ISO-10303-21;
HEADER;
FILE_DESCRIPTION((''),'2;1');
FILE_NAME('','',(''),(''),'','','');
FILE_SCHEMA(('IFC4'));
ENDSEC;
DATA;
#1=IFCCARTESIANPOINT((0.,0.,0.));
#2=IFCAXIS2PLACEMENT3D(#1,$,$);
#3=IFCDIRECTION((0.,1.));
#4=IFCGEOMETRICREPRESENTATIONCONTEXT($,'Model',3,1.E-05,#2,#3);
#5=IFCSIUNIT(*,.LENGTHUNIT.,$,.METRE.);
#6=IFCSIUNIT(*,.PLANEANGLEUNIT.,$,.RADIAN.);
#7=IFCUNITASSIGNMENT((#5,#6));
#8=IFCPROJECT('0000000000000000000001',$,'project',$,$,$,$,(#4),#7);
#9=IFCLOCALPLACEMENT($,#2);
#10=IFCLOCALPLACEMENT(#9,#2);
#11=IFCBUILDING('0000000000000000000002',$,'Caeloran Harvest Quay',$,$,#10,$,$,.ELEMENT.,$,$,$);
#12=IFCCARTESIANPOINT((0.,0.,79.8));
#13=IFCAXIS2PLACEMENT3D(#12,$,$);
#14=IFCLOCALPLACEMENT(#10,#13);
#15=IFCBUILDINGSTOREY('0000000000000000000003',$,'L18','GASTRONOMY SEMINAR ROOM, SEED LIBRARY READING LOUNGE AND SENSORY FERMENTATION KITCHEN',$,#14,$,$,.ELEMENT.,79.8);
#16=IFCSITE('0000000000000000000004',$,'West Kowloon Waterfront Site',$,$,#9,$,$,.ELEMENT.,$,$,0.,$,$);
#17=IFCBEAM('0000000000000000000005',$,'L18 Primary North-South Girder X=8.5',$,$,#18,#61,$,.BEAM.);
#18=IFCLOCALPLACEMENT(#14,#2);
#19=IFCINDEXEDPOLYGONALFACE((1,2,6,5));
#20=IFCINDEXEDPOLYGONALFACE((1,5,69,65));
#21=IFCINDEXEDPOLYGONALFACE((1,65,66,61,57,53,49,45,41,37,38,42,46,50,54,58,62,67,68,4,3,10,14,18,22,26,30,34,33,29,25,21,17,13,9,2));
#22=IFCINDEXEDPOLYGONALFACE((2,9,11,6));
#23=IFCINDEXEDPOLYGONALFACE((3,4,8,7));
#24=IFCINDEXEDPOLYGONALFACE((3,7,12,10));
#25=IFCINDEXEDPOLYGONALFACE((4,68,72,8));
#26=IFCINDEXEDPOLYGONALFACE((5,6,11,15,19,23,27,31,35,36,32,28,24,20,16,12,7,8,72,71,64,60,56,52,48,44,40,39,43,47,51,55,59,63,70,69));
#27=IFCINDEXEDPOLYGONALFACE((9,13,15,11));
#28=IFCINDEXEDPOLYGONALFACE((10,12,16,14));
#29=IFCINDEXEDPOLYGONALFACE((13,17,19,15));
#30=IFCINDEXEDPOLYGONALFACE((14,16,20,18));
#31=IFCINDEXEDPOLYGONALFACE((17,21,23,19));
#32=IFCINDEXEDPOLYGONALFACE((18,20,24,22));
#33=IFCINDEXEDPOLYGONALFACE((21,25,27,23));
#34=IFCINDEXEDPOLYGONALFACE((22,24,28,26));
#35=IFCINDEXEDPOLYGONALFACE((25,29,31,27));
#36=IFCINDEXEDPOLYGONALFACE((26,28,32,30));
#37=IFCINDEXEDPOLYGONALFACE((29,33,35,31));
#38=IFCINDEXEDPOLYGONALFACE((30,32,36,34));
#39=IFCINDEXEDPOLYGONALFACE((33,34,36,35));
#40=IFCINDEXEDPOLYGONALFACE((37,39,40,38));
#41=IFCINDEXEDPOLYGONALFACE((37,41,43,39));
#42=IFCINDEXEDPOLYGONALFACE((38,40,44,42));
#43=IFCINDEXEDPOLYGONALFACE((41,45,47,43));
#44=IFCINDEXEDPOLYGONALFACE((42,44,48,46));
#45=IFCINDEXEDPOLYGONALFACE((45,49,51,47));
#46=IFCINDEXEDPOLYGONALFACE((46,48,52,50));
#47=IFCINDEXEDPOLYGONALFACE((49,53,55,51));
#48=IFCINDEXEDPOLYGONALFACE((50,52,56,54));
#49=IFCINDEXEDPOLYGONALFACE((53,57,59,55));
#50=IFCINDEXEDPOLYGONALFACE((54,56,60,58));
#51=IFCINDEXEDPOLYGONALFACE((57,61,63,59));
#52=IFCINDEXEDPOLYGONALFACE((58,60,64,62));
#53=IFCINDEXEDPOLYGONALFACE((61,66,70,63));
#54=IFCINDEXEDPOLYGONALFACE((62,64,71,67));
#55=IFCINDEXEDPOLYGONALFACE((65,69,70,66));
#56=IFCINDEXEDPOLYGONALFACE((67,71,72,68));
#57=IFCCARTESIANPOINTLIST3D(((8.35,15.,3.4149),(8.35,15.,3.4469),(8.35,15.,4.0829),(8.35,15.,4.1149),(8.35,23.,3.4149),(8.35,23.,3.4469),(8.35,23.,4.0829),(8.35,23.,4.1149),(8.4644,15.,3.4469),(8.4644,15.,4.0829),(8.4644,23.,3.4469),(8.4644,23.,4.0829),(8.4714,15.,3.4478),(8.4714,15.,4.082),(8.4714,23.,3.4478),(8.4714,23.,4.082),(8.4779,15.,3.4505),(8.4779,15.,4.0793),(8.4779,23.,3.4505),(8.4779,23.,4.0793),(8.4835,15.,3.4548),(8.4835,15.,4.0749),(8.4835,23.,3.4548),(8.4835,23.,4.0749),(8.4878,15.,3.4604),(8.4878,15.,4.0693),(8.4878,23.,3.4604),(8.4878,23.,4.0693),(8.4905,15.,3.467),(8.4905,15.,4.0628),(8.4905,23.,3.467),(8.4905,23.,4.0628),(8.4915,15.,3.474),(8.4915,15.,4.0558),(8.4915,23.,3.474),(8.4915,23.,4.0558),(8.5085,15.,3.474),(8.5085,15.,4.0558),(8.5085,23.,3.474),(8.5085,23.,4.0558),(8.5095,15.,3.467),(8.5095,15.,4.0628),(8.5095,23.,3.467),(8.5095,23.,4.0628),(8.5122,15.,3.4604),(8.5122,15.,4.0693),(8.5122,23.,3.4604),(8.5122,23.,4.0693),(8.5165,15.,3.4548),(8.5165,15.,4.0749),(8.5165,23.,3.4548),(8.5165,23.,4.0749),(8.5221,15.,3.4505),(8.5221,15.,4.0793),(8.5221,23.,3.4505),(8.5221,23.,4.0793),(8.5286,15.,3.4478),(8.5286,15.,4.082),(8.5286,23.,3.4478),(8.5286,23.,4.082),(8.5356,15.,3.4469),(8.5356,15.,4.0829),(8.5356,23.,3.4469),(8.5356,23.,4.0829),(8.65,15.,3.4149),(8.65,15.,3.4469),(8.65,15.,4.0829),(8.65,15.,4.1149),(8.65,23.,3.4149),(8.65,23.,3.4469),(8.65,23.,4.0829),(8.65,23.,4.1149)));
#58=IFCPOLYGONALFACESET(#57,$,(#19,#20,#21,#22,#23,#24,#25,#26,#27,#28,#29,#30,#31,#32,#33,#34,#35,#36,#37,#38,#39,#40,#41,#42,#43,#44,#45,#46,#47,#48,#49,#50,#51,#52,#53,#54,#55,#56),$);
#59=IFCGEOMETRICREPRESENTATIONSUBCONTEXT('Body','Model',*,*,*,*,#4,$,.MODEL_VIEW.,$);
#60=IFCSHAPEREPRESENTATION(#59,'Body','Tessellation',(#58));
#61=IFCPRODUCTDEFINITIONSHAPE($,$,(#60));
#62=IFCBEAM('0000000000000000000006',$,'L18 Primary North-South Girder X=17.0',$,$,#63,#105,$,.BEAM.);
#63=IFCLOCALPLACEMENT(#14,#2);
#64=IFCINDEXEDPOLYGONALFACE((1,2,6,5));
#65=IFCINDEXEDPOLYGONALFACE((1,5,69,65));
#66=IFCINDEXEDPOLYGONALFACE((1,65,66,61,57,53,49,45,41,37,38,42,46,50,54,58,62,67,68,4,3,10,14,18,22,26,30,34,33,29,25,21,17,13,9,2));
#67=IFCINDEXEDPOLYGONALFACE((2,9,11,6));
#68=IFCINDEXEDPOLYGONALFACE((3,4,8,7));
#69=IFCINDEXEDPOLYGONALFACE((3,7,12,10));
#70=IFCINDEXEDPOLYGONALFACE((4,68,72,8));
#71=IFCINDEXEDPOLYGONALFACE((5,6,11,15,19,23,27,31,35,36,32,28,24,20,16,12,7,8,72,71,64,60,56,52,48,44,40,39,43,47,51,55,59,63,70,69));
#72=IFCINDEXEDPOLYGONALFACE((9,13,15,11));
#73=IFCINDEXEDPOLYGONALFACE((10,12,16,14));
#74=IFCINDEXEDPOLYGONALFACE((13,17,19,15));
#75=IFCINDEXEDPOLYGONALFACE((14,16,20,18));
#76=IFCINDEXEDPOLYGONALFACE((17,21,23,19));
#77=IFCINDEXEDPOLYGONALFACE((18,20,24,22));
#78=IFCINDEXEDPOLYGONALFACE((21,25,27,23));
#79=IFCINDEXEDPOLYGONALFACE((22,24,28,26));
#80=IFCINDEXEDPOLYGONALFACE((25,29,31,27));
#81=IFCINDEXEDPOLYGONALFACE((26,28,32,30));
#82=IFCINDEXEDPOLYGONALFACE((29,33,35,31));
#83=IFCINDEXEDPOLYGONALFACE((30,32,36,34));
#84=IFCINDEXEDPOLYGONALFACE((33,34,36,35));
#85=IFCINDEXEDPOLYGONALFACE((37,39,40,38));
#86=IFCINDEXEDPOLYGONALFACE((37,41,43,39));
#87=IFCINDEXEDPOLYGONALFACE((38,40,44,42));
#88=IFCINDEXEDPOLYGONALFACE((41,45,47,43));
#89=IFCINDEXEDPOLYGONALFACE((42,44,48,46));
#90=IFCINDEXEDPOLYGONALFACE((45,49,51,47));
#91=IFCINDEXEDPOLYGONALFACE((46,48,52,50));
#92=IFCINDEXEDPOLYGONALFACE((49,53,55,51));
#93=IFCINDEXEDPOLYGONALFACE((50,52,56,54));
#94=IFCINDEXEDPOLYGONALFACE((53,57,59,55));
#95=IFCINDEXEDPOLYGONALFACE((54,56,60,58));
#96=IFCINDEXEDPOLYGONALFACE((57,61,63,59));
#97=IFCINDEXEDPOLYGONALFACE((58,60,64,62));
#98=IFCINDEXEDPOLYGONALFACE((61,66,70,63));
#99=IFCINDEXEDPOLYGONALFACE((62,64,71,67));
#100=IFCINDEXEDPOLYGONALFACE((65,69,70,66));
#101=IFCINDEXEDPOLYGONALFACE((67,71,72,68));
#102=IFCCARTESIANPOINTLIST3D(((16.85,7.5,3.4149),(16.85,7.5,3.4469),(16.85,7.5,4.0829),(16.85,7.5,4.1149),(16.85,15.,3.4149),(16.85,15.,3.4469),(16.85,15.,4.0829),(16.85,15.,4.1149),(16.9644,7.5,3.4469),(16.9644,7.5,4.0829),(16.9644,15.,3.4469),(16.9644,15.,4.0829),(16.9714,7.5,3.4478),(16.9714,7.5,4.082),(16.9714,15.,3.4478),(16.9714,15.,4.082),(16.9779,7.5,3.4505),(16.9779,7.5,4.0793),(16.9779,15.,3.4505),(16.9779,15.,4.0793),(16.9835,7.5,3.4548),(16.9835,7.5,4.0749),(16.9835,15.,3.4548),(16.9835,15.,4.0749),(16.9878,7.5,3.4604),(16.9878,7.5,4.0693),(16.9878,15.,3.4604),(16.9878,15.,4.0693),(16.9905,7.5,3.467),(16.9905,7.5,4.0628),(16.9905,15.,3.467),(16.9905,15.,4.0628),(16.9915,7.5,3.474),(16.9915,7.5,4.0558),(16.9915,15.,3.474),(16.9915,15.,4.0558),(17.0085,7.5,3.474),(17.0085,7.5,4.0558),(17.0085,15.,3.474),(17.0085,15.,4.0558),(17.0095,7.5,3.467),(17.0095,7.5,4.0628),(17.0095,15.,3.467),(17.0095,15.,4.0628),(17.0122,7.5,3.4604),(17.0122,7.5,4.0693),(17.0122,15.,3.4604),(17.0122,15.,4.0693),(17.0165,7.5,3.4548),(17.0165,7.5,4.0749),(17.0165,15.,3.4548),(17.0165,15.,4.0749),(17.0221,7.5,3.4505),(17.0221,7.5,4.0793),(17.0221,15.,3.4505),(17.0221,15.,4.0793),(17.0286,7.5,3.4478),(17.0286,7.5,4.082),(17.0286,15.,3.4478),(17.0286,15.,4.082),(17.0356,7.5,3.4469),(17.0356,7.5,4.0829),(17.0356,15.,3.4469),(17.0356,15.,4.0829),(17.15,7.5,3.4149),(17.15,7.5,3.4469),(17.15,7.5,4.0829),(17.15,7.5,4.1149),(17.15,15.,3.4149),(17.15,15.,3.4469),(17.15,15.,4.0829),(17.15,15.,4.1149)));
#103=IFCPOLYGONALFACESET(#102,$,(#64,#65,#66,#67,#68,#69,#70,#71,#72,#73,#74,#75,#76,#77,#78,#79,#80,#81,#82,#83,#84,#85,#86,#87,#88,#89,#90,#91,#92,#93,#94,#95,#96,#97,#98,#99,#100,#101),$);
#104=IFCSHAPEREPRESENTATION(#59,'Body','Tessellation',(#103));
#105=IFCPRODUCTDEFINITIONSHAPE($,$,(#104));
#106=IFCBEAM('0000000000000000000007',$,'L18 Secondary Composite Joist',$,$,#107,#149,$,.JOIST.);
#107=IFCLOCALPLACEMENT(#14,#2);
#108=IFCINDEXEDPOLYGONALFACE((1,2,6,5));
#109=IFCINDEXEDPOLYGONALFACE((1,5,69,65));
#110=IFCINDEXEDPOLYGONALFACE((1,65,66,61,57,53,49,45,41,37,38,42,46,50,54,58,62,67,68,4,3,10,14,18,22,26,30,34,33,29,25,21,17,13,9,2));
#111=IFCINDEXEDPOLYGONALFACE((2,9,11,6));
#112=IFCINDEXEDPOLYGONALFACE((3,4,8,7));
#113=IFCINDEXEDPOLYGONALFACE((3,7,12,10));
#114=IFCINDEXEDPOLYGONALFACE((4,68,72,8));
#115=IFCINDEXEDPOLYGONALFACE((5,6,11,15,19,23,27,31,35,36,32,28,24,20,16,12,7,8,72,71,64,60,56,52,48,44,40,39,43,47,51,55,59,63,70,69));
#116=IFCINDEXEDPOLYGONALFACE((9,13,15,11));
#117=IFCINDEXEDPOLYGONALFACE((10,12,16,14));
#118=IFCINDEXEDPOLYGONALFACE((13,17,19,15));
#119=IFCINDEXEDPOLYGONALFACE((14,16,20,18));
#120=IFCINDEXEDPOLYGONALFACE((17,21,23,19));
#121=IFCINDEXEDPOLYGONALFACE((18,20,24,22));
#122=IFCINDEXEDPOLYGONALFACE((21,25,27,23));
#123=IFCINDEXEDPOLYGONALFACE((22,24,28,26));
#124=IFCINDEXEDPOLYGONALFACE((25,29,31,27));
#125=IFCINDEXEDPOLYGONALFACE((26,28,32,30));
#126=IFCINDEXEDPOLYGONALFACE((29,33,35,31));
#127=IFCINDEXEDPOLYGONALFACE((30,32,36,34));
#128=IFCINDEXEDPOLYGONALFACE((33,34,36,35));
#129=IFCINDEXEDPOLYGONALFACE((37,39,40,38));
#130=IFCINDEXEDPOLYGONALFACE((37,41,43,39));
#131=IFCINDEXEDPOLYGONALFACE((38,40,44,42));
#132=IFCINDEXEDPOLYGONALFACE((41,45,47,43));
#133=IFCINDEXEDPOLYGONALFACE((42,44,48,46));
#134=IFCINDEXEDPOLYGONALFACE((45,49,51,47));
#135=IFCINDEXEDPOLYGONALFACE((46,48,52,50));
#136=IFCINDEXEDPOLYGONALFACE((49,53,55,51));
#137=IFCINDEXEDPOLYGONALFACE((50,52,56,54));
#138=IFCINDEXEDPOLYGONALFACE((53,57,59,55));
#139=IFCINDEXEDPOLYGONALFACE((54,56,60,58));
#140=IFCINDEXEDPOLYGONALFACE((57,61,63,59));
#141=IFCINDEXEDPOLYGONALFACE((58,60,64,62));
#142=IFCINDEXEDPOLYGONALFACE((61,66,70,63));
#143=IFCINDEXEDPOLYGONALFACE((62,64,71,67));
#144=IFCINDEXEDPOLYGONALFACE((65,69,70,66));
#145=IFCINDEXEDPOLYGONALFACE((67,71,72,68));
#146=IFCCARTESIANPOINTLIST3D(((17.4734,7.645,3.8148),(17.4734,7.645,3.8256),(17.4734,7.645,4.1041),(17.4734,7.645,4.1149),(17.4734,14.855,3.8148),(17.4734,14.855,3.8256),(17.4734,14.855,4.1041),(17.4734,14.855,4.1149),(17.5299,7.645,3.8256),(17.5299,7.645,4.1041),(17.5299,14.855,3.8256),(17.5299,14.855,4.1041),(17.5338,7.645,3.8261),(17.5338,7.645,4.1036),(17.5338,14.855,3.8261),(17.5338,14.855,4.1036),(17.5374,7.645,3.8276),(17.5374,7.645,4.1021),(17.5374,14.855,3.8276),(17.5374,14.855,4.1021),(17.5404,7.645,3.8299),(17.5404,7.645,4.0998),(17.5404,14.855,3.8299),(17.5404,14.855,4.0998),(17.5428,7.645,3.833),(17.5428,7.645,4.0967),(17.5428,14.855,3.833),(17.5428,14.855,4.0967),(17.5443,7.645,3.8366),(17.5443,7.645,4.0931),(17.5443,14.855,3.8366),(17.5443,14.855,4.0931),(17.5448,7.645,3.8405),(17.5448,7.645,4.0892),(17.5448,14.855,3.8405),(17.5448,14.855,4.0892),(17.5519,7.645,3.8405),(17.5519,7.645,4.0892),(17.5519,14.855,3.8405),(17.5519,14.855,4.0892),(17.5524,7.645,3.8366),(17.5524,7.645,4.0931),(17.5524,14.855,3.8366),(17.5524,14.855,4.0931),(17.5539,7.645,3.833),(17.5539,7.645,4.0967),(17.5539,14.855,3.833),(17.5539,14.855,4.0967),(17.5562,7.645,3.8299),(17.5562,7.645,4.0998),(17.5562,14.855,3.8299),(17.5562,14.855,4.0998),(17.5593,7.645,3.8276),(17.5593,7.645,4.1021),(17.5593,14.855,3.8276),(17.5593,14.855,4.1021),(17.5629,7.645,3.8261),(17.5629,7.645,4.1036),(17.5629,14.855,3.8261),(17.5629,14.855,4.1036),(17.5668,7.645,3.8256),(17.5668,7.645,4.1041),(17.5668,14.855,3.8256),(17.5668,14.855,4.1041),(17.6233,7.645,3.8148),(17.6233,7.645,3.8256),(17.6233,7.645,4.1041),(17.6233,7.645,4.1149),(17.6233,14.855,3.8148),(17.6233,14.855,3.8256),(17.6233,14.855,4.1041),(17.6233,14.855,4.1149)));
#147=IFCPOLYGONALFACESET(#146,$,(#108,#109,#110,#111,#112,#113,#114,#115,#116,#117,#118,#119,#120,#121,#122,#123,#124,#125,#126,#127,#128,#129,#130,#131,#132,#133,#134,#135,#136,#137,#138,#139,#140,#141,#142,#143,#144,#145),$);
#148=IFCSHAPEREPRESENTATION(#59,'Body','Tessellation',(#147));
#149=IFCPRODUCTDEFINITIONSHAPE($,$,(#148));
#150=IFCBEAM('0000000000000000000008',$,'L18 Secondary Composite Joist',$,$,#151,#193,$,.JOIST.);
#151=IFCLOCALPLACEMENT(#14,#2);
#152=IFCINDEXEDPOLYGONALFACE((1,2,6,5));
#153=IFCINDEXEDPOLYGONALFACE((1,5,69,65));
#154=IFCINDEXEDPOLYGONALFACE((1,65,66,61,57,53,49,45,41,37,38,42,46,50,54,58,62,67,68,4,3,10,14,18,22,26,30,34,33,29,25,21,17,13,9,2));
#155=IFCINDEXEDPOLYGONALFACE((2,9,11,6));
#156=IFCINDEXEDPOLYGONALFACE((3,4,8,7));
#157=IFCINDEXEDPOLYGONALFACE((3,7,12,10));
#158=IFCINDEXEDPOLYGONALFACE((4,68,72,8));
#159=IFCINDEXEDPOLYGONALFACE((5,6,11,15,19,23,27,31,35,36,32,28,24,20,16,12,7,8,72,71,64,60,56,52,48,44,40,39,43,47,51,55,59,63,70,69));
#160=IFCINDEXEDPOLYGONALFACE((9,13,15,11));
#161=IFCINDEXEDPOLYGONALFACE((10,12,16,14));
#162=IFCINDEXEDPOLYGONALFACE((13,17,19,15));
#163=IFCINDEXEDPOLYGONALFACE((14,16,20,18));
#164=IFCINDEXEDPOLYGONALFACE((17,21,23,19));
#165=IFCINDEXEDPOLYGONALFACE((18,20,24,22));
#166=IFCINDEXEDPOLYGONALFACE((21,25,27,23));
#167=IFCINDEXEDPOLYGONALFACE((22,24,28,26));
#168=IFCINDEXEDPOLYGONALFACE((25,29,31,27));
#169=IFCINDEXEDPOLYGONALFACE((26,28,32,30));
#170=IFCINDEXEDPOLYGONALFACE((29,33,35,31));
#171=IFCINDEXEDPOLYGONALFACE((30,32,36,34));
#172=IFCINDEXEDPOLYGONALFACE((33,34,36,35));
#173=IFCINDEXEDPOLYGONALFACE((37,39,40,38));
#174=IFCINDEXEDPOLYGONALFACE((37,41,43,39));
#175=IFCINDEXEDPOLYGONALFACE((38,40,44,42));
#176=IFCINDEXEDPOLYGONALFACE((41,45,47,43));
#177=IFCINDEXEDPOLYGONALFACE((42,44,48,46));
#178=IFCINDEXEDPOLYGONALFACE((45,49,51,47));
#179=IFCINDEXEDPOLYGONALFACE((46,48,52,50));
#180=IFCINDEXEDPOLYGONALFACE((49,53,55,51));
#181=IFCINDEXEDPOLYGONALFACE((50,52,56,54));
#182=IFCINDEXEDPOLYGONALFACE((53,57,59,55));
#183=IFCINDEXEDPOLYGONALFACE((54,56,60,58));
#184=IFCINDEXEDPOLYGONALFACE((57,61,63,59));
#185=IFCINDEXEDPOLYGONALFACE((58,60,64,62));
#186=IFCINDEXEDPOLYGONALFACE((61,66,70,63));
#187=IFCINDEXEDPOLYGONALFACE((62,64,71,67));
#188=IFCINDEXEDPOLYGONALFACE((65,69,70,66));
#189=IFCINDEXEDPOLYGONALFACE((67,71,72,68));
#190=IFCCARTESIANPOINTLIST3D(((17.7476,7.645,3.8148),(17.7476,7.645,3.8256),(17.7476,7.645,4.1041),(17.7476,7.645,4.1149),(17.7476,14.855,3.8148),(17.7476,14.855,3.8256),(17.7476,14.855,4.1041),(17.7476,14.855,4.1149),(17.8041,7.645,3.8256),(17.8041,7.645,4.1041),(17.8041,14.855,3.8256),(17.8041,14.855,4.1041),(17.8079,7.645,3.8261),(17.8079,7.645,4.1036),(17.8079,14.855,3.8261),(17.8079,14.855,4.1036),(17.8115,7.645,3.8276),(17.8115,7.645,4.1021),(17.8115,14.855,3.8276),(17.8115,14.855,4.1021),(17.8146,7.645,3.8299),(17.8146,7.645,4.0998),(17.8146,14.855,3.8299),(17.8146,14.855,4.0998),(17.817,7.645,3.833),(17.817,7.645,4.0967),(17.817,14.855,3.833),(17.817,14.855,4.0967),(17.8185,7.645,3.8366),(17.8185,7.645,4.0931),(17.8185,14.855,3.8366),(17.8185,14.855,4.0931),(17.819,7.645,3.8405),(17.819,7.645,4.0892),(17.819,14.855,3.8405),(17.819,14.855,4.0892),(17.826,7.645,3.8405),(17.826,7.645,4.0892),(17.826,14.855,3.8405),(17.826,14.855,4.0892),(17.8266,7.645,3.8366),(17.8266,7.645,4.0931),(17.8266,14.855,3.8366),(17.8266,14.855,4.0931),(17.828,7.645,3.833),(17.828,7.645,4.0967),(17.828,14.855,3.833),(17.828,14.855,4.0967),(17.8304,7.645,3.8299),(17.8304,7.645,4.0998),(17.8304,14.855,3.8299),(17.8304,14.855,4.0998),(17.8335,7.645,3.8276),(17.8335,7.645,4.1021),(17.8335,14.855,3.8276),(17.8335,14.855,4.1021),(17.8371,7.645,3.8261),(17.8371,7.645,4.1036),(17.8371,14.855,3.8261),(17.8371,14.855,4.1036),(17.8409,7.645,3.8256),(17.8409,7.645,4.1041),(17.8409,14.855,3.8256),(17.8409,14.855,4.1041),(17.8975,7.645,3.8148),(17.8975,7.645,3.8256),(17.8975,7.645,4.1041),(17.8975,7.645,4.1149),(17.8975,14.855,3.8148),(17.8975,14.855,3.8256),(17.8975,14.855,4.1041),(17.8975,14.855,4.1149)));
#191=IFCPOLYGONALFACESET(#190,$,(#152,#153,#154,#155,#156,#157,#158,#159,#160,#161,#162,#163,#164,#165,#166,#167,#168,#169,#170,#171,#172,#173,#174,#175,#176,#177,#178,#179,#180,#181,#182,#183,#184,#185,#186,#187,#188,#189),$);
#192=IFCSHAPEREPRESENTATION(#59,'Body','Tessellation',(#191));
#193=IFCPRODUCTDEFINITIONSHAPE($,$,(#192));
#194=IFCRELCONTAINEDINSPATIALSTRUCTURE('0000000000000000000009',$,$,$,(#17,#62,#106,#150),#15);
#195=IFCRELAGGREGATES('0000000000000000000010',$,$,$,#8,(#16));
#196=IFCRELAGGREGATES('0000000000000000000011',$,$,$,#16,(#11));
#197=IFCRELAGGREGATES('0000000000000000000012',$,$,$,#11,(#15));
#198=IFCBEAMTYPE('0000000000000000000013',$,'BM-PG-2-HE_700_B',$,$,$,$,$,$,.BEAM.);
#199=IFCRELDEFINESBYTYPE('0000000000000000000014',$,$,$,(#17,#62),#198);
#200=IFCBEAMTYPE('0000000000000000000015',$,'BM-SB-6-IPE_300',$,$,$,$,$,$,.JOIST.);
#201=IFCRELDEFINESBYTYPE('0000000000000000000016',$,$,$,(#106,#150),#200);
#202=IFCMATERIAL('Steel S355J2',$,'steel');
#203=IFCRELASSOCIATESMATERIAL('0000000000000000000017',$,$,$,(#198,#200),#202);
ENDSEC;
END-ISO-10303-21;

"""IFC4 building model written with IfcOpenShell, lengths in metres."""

from ifc_helpers import new_model, si_unit, direction, frame, origin, origin_2d, place, context, subcontext, project, spatial, i_section, extrude, material, material_profile, profile_set, type_object, element, save


model = new_model("IFC4")

# Units and contexts
model_context = context("Model", 3, precision=1e-05, world=origin(), true_north=direction((0.0, 1.0)))
body_context = subcontext(model_context, "Body", "Model", "MODEL_VIEW")
ifc_project = project(units=[si_unit("LENGTHUNIT", "METRE"), si_unit("PLANEANGLEUNIT", "RADIAN")], contexts=[model_context])

# Site, building, storey
site_placement = place(None, origin())
site = spatial("IfcSite", under=ifc_project, at=site_placement, Name="West Kowloon Waterfront Site", CompositionType="ELEMENT", RefElevation=0.0)
building_placement = place(site_placement, origin())
building = spatial("IfcBuilding", under=site, at=building_placement, Name="Caeloran Harvest Quay", CompositionType="ELEMENT")
storey_placement = place(building_placement, frame((0.0, 0.0, 79.8)))
storey = spatial("IfcBuildingStorey", under=building, at=storey_placement, Name="L18", Description="GASTRONOMY SEMINAR ROOM, SEED LIBRARY READING LOUNGE AND SENSORY FERMENTATION KITCHEN", CompositionType="ELEMENT", Elevation=79.8)

# Beams
ifc_material_1 = material(Name="Steel S355J2", Category="steel")
ifc_material_profile_1 = material_profile(ifc_material_1, i_section(OverallWidth=0.3, OverallDepth=0.7, WebThickness=0.0171, FlangeThickness=0.032, FilletRadius=0.0271, at=origin_2d()), Name="HE 700 B")
ifc_profile_set_1 = profile_set([ifc_material_profile_1], Name="Steel S355J2")
beam_type_1 = type_object("IfcBeamType", Name="BM-PG-2-HE_700_B", PredefinedType="BEAM", material=ifc_profile_set_1)
beam_1_placement = place(storey_placement, frame((8.5, 15.0, 3.7649), z_axis=(0.0, 1.0, 0.0), x_axis=(-1.0, 0.0, 0.0)))
element("IfcBeam", 1, at=beam_1_placement, inside=storey, type_object=beam_type_1, Name="L18 Primary North-South Girder X=8.5", PredefinedType="BEAM", context=body_context, shape_type="SweptSolid", body=[
    extrude(i_section(OverallWidth=0.3, OverallDepth=0.7, WebThickness=0.0171, FlangeThickness=0.032, FilletRadius=0.0271, at=origin_2d()), origin(), (0.0, 0.0, 1.0), 8.0),
])
beam_2_placement = place(storey_placement, frame((17.0, 7.5, 3.7649), z_axis=(0.0, 1.0, 0.0), x_axis=(-1.0, 0.0, 0.0)))
element("IfcBeam", 2, at=beam_2_placement, inside=storey, type_object=beam_type_1, Name="L18 Primary North-South Girder X=17.0", PredefinedType="BEAM", context=body_context, shape_type="SweptSolid", body=[
    extrude(i_section(OverallWidth=0.3, OverallDepth=0.7, WebThickness=0.0171, FlangeThickness=0.032, FilletRadius=0.0271, at=origin_2d()), origin(), (0.0, 0.0, 1.0), 7.5),
])
ifc_material_profile_2 = material_profile(ifc_material_1, i_section(OverallWidth=0.1499, OverallDepth=0.3, WebThickness=0.0071, FlangeThickness=0.0107, FilletRadius=0.0149, at=origin_2d()), Name="IPE 300")
ifc_profile_set_2 = profile_set([ifc_material_profile_2], Name="Steel S355J2")
beam_type_2 = type_object("IfcBeamType", Name="BM-SB-6-IPE_300", PredefinedType="JOIST", material=ifc_profile_set_2)
for number, where, z_axis, x_axis, name in (
    (3, (17.5483, 7.645, 3.9648), (0.0, 1.0, 0.0), (-1.0, 0.0, 0.0), "L18 Secondary Composite Joist"),
    (4, (17.8225, 7.645, 3.9648), (0.0, 1.0, 0.0), (-1.0, 0.0, 0.0), "L18 Secondary Composite Joist"),
):
    element("IfcBeam", number, at=place(storey_placement, frame(where, z_axis=z_axis, x_axis=x_axis)), inside=storey, type_object=beam_type_2, Name=name, PredefinedType="JOIST", context=body_context, shape_type="SweptSolid", body=[
        extrude(i_section(OverallWidth=0.1499, OverallDepth=0.3, WebThickness=0.0071, FlangeThickness=0.0107, FilletRadius=0.0149, at=origin_2d()), origin(), (0.0, 0.0, 1.0), 7.21),
    ])

save(model, "model.ifc")
